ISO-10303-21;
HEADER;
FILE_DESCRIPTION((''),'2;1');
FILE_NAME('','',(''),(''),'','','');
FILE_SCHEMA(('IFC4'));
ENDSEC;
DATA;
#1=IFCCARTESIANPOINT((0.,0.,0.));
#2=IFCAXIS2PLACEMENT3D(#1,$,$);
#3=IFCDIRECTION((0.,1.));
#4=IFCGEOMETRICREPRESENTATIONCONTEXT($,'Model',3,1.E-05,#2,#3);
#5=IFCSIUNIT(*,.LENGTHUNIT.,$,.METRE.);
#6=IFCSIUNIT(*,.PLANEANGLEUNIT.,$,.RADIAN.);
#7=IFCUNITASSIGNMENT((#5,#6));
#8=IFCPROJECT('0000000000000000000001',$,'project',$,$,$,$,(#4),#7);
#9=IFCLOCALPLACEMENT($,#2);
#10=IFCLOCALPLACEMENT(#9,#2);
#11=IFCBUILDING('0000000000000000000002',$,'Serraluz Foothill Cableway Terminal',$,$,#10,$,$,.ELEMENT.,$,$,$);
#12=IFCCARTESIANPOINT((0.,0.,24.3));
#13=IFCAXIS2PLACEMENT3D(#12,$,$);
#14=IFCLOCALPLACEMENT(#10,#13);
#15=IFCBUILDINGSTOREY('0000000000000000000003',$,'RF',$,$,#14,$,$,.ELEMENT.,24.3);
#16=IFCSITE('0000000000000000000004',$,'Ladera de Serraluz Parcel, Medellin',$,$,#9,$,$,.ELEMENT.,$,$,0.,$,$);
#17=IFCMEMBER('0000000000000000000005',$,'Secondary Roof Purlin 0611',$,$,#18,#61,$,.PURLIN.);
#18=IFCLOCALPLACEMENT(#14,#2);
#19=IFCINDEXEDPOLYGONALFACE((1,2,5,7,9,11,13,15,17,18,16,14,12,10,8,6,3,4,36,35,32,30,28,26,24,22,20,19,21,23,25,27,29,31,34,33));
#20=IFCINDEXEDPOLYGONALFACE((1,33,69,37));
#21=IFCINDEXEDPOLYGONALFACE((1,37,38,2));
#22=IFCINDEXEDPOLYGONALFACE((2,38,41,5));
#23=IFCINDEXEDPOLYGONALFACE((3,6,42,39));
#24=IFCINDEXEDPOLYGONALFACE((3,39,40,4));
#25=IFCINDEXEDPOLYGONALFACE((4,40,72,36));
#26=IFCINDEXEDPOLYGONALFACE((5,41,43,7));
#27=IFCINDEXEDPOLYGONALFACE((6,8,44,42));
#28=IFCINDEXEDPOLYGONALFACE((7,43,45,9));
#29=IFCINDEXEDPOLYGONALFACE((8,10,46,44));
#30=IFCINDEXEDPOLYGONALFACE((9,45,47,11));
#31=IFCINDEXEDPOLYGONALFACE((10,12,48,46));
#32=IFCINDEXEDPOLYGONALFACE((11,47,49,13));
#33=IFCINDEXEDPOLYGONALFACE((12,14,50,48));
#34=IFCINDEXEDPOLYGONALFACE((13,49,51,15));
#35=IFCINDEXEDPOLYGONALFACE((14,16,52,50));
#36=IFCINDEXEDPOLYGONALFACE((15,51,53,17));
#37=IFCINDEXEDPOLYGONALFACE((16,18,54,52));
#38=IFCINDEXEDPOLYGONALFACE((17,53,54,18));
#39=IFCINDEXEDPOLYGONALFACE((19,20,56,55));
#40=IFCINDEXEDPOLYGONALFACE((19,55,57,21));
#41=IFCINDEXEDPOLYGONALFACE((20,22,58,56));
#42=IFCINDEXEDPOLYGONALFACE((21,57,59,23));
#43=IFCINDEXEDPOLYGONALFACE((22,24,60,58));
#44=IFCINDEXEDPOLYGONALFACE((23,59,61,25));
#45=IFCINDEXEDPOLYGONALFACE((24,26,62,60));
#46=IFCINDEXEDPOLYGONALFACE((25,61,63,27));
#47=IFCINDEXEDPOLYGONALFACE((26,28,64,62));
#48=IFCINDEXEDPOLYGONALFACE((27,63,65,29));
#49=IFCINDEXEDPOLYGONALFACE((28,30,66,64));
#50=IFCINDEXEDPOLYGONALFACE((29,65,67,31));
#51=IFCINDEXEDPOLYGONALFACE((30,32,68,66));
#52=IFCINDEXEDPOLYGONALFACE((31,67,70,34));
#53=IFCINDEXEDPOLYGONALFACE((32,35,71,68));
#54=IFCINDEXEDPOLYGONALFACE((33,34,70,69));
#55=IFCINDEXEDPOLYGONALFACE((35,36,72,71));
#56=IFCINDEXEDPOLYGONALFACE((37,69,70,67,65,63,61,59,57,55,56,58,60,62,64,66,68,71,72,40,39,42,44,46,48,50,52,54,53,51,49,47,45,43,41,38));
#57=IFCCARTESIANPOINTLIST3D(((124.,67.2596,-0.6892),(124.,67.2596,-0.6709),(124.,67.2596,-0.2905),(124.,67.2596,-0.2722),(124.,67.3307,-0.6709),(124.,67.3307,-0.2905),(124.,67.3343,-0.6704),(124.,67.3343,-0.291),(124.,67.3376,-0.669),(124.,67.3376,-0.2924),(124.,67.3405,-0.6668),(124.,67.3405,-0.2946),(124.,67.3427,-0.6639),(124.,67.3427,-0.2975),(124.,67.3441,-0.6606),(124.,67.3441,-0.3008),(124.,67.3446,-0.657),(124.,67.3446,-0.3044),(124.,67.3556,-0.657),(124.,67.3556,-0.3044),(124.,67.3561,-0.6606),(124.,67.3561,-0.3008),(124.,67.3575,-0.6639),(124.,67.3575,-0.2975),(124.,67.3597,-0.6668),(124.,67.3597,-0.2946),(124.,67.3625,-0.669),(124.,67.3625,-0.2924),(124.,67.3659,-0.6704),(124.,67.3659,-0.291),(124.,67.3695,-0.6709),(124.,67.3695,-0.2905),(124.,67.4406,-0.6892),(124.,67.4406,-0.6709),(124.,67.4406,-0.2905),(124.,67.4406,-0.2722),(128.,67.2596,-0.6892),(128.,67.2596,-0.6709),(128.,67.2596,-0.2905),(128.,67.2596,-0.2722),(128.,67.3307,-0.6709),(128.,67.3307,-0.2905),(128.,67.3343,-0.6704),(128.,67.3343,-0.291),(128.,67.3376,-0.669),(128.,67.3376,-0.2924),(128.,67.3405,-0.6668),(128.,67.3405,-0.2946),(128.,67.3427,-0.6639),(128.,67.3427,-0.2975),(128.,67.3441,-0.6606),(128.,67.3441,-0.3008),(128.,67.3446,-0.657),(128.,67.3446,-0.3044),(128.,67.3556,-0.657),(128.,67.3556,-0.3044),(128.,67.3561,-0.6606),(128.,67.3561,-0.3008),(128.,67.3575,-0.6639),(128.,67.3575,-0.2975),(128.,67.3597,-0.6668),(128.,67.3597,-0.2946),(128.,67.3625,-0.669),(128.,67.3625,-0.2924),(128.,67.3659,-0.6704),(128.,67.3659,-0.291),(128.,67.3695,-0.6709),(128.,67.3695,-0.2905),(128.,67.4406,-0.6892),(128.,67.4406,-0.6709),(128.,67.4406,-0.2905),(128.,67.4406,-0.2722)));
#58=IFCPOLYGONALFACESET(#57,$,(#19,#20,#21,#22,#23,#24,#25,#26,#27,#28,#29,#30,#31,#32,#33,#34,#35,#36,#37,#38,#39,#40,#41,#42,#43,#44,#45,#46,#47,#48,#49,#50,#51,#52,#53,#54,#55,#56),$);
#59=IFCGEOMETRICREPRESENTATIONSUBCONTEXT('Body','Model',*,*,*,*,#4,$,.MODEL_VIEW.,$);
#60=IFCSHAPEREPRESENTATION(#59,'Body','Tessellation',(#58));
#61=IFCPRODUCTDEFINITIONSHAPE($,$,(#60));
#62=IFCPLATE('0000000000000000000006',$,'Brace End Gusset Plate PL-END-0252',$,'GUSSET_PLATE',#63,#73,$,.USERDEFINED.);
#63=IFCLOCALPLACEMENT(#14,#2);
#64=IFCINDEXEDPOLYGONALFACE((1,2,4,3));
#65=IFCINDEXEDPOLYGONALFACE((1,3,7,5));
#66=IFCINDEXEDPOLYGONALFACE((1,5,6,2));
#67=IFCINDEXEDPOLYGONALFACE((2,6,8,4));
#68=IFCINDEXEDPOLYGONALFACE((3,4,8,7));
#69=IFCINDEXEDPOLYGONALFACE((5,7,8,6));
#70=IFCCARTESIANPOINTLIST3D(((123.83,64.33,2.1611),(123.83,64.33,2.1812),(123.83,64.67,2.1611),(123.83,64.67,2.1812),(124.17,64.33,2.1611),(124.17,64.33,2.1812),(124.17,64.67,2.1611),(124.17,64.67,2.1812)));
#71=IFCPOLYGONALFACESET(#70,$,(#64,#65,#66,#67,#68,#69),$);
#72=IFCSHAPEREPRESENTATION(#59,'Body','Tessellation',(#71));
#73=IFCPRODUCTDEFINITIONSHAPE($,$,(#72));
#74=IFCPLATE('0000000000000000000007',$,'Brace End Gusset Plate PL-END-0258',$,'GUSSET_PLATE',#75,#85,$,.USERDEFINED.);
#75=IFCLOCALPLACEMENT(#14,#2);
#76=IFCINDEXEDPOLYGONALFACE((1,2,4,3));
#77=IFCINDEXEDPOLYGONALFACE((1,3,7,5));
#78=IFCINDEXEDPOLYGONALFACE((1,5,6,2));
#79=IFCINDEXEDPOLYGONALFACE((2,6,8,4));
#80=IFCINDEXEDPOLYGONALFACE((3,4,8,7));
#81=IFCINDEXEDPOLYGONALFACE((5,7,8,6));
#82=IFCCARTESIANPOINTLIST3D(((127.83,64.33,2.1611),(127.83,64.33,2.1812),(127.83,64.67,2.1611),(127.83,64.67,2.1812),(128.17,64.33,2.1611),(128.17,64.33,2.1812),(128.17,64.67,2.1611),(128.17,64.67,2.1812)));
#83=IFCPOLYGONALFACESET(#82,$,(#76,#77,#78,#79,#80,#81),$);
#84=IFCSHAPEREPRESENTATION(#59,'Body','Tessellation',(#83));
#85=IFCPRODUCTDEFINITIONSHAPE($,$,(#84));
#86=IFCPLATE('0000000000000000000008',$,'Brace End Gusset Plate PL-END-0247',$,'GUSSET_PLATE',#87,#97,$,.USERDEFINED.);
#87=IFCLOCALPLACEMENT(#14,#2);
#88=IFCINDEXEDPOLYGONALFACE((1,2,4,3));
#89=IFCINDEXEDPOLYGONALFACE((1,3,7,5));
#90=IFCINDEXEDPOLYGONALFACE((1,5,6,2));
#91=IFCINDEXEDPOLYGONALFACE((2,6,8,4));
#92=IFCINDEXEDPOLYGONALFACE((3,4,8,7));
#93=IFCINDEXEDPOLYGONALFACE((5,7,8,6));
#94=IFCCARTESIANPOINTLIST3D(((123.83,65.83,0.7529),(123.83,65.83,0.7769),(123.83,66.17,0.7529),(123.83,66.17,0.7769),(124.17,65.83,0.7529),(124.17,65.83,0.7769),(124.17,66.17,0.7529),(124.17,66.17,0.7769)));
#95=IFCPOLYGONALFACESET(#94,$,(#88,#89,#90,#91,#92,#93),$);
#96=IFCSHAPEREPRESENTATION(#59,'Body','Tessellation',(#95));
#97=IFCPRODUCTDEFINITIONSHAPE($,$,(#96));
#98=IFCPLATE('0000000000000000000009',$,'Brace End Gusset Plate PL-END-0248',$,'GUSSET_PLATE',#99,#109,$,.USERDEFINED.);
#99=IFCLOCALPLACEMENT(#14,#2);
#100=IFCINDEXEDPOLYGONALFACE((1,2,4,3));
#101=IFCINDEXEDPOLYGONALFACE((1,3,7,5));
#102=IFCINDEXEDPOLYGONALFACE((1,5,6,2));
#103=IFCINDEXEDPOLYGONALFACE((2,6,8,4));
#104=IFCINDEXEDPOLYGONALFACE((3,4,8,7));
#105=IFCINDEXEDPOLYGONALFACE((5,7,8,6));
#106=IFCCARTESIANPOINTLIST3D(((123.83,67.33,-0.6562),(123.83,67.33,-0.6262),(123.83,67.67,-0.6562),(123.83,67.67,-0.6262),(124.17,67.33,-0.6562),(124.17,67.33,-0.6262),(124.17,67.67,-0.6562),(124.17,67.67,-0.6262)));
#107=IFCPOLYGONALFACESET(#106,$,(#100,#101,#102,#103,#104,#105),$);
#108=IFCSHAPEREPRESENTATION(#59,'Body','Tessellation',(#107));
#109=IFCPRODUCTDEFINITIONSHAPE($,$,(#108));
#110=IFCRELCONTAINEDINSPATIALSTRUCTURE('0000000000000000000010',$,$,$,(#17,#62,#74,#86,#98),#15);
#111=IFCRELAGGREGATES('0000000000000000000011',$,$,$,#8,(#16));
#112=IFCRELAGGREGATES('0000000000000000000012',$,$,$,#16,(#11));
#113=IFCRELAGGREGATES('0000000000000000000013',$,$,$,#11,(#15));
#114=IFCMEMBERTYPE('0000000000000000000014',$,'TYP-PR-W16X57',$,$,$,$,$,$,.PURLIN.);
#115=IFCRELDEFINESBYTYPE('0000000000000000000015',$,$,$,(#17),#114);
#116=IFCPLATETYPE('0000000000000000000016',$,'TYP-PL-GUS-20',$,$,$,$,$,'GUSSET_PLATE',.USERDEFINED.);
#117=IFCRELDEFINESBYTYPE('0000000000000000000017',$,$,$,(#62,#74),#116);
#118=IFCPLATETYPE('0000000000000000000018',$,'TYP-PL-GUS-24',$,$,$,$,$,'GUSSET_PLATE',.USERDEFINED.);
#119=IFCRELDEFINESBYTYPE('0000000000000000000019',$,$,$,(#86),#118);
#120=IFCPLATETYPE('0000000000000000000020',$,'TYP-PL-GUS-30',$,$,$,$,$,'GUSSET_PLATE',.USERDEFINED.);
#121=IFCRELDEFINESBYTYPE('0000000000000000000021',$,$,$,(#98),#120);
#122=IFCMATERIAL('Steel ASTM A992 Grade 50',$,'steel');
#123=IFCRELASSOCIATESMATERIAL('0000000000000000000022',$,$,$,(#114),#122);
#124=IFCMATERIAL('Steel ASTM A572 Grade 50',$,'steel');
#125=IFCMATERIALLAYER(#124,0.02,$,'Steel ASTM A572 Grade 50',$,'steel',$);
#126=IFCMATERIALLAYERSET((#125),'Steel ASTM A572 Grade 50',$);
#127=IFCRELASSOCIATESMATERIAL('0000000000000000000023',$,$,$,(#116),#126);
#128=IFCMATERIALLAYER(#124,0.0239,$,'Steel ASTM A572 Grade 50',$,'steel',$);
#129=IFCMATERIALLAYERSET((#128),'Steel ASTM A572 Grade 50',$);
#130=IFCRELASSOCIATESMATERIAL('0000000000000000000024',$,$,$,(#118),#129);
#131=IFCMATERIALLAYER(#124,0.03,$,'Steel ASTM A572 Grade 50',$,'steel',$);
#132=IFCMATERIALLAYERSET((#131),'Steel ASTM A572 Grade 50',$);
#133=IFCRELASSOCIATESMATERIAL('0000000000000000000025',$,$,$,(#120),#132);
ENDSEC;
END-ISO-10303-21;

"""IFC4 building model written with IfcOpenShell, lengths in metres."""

from ifc_helpers import new_model, si_unit, direction, frame, origin, origin_2d, place, context, subcontext, project, spatial, rectangle, i_section, extrude, material, layer, layer_set, material_profile, profile_set, type_object, element, save


model = new_model("IFC4")

# Units and contexts
model_context = context("Model", 3, precision=1e-05, world=origin(), true_north=direction((0.0, 1.0)))
body_context = subcontext(model_context, "Body", "Model", "MODEL_VIEW")
ifc_project = project(units=[si_unit("LENGTHUNIT", "METRE"), si_unit("PLANEANGLEUNIT", "RADIAN")], contexts=[model_context])

# Site, building, storey
site_placement = place(None, origin())
site = spatial("IfcSite", under=ifc_project, at=site_placement, Name="Ladera de Serraluz Parcel, Medellin", CompositionType="ELEMENT", RefElevation=0.0)
building_placement = place(site_placement, origin())
building = spatial("IfcBuilding", under=site, at=building_placement, Name="Serraluz Foothill Cableway Terminal", CompositionType="ELEMENT")
storey_placement = place(building_placement, frame((0.0, 0.0, 24.3)))
storey = spatial("IfcBuildingStorey", under=building, at=storey_placement, Name="RF", CompositionType="ELEMENT", Elevation=24.3)

# Member
ifc_material_1 = material(Name="Steel ASTM A572 Grade 50", Category="steel")
ifc_material_2 = material(Name="Steel ASTM A992 Grade 50", Category="steel")
ifc_material_profile_1 = material_profile(ifc_material_2, i_section(OverallWidth=0.1809, OverallDepth=0.417, WebThickness=0.011, FlangeThickness=0.0183, FilletRadius=0.0139, at=origin_2d()), Name="W16X57")
ifc_profile_set_1 = profile_set([ifc_material_profile_1], Name="Steel ASTM A992 Grade 50")
member_type_1 = type_object("IfcMemberType", Name="TYP-PR-W16X57", PredefinedType="PURLIN", material=ifc_profile_set_1)
for number, where, z_axis, x_axis, name in (
    (1, (124.0, 67.3501, -0.4807), (1.0, 0.0, 0.0), (0.0, 1.0, 0.0), "Secondary Roof Purlin 0611"),
):
    element("IfcMember", number, at=place(storey_placement, frame(where, z_axis=z_axis, x_axis=x_axis)), inside=storey, type_object=member_type_1, Name=name, PredefinedType="PURLIN", context=body_context, shape_type="SweptSolid", body=[
        extrude(i_section(OverallWidth=0.1809, OverallDepth=0.417, WebThickness=0.011, FlangeThickness=0.0183, FilletRadius=0.0139, at=origin_2d()), origin(), (0.0, 0.0, 1.0), 4.0),
    ])

# Plates
ifc_layer_1 = layer(ifc_material_1, 0.02, Name="Steel ASTM A572 Grade 50", Category="steel")
ifc_layer_set_1 = layer_set([ifc_layer_1], Name="Steel ASTM A572 Grade 50")
plate_type_1 = type_object("IfcPlateType", Name="TYP-PL-GUS-20", ElementType="GUSSET_PLATE", PredefinedType="USERDEFINED", material=ifc_layer_set_1)
for number, where, z_axis, x_axis, name in (
    (2, (124.0, 64.5, 2.1611), (0.0, 0.0, 1.0), (1.0, 0.0, 0.0), "Brace End Gusset Plate PL-END-0252"),
    (3, (128.0, 64.5, 2.1611), (0.0, 0.0, 1.0), (1.0, 0.0, 0.0), "Brace End Gusset Plate PL-END-0258"),
):
    element("IfcPlate", number, at=place(storey_placement, frame(where, z_axis=z_axis, x_axis=x_axis)), inside=storey, type_object=plate_type_1, Name=name, ObjectType="GUSSET_PLATE", PredefinedType="USERDEFINED", context=body_context, shape_type="SweptSolid", body=[
        extrude(rectangle(XDim=0.3401, YDim=0.3401, at=origin_2d()), origin(), (0.0, 0.0, 1.0), 0.02),
    ])
ifc_layer_2 = layer(ifc_material_1, 0.0239, Name="Steel ASTM A572 Grade 50", Category="steel")
ifc_layer_set_2 = layer_set([ifc_layer_2], Name="Steel ASTM A572 Grade 50")
plate_type_2 = type_object("IfcPlateType", Name="TYP-PL-GUS-24", ElementType="GUSSET_PLATE", PredefinedType="USERDEFINED", material=ifc_layer_set_2)
plate_1_placement = place(storey_placement, frame((124.0, 66.0, 0.7529), z_axis=(0.0, 0.0, 1.0), x_axis=(1.0, 0.0, 0.0)))
element("IfcPlate", 4, at=plate_1_placement, inside=storey, type_object=plate_type_2, Name="Brace End Gusset Plate PL-END-0247", ObjectType="GUSSET_PLATE", PredefinedType="USERDEFINED", context=body_context, shape_type="SweptSolid", body=[
    extrude(rectangle(XDim=0.3401, YDim=0.3401, at=origin_2d()), origin(), (0.0, 0.0, 1.0), 0.0239),
])
ifc_layer_3 = layer(ifc_material_1, 0.03, Name="Steel ASTM A572 Grade 50", Category="steel")
ifc_layer_set_3 = layer_set([ifc_layer_3], Name="Steel ASTM A572 Grade 50")
plate_type_3 = type_object("IfcPlateType", Name="TYP-PL-GUS-30", ElementType="GUSSET_PLATE", PredefinedType="USERDEFINED", material=ifc_layer_set_3)
plate_2_placement = place(storey_placement, frame((124.0, 67.5, -0.6562), z_axis=(0.0, 0.0, 1.0), x_axis=(1.0, 0.0, 0.0)))
element("IfcPlate", 5, at=plate_2_placement, inside=storey, type_object=plate_type_3, Name="Brace End Gusset Plate PL-END-0248", ObjectType="GUSSET_PLATE", PredefinedType="USERDEFINED", context=body_context, shape_type="SweptSolid", body=[
    extrude(rectangle(XDim=0.3401, YDim=0.3401, at=origin_2d()), origin(), (0.0, 0.0, 1.0), 0.03),
])

save(model, "model.ifc")
